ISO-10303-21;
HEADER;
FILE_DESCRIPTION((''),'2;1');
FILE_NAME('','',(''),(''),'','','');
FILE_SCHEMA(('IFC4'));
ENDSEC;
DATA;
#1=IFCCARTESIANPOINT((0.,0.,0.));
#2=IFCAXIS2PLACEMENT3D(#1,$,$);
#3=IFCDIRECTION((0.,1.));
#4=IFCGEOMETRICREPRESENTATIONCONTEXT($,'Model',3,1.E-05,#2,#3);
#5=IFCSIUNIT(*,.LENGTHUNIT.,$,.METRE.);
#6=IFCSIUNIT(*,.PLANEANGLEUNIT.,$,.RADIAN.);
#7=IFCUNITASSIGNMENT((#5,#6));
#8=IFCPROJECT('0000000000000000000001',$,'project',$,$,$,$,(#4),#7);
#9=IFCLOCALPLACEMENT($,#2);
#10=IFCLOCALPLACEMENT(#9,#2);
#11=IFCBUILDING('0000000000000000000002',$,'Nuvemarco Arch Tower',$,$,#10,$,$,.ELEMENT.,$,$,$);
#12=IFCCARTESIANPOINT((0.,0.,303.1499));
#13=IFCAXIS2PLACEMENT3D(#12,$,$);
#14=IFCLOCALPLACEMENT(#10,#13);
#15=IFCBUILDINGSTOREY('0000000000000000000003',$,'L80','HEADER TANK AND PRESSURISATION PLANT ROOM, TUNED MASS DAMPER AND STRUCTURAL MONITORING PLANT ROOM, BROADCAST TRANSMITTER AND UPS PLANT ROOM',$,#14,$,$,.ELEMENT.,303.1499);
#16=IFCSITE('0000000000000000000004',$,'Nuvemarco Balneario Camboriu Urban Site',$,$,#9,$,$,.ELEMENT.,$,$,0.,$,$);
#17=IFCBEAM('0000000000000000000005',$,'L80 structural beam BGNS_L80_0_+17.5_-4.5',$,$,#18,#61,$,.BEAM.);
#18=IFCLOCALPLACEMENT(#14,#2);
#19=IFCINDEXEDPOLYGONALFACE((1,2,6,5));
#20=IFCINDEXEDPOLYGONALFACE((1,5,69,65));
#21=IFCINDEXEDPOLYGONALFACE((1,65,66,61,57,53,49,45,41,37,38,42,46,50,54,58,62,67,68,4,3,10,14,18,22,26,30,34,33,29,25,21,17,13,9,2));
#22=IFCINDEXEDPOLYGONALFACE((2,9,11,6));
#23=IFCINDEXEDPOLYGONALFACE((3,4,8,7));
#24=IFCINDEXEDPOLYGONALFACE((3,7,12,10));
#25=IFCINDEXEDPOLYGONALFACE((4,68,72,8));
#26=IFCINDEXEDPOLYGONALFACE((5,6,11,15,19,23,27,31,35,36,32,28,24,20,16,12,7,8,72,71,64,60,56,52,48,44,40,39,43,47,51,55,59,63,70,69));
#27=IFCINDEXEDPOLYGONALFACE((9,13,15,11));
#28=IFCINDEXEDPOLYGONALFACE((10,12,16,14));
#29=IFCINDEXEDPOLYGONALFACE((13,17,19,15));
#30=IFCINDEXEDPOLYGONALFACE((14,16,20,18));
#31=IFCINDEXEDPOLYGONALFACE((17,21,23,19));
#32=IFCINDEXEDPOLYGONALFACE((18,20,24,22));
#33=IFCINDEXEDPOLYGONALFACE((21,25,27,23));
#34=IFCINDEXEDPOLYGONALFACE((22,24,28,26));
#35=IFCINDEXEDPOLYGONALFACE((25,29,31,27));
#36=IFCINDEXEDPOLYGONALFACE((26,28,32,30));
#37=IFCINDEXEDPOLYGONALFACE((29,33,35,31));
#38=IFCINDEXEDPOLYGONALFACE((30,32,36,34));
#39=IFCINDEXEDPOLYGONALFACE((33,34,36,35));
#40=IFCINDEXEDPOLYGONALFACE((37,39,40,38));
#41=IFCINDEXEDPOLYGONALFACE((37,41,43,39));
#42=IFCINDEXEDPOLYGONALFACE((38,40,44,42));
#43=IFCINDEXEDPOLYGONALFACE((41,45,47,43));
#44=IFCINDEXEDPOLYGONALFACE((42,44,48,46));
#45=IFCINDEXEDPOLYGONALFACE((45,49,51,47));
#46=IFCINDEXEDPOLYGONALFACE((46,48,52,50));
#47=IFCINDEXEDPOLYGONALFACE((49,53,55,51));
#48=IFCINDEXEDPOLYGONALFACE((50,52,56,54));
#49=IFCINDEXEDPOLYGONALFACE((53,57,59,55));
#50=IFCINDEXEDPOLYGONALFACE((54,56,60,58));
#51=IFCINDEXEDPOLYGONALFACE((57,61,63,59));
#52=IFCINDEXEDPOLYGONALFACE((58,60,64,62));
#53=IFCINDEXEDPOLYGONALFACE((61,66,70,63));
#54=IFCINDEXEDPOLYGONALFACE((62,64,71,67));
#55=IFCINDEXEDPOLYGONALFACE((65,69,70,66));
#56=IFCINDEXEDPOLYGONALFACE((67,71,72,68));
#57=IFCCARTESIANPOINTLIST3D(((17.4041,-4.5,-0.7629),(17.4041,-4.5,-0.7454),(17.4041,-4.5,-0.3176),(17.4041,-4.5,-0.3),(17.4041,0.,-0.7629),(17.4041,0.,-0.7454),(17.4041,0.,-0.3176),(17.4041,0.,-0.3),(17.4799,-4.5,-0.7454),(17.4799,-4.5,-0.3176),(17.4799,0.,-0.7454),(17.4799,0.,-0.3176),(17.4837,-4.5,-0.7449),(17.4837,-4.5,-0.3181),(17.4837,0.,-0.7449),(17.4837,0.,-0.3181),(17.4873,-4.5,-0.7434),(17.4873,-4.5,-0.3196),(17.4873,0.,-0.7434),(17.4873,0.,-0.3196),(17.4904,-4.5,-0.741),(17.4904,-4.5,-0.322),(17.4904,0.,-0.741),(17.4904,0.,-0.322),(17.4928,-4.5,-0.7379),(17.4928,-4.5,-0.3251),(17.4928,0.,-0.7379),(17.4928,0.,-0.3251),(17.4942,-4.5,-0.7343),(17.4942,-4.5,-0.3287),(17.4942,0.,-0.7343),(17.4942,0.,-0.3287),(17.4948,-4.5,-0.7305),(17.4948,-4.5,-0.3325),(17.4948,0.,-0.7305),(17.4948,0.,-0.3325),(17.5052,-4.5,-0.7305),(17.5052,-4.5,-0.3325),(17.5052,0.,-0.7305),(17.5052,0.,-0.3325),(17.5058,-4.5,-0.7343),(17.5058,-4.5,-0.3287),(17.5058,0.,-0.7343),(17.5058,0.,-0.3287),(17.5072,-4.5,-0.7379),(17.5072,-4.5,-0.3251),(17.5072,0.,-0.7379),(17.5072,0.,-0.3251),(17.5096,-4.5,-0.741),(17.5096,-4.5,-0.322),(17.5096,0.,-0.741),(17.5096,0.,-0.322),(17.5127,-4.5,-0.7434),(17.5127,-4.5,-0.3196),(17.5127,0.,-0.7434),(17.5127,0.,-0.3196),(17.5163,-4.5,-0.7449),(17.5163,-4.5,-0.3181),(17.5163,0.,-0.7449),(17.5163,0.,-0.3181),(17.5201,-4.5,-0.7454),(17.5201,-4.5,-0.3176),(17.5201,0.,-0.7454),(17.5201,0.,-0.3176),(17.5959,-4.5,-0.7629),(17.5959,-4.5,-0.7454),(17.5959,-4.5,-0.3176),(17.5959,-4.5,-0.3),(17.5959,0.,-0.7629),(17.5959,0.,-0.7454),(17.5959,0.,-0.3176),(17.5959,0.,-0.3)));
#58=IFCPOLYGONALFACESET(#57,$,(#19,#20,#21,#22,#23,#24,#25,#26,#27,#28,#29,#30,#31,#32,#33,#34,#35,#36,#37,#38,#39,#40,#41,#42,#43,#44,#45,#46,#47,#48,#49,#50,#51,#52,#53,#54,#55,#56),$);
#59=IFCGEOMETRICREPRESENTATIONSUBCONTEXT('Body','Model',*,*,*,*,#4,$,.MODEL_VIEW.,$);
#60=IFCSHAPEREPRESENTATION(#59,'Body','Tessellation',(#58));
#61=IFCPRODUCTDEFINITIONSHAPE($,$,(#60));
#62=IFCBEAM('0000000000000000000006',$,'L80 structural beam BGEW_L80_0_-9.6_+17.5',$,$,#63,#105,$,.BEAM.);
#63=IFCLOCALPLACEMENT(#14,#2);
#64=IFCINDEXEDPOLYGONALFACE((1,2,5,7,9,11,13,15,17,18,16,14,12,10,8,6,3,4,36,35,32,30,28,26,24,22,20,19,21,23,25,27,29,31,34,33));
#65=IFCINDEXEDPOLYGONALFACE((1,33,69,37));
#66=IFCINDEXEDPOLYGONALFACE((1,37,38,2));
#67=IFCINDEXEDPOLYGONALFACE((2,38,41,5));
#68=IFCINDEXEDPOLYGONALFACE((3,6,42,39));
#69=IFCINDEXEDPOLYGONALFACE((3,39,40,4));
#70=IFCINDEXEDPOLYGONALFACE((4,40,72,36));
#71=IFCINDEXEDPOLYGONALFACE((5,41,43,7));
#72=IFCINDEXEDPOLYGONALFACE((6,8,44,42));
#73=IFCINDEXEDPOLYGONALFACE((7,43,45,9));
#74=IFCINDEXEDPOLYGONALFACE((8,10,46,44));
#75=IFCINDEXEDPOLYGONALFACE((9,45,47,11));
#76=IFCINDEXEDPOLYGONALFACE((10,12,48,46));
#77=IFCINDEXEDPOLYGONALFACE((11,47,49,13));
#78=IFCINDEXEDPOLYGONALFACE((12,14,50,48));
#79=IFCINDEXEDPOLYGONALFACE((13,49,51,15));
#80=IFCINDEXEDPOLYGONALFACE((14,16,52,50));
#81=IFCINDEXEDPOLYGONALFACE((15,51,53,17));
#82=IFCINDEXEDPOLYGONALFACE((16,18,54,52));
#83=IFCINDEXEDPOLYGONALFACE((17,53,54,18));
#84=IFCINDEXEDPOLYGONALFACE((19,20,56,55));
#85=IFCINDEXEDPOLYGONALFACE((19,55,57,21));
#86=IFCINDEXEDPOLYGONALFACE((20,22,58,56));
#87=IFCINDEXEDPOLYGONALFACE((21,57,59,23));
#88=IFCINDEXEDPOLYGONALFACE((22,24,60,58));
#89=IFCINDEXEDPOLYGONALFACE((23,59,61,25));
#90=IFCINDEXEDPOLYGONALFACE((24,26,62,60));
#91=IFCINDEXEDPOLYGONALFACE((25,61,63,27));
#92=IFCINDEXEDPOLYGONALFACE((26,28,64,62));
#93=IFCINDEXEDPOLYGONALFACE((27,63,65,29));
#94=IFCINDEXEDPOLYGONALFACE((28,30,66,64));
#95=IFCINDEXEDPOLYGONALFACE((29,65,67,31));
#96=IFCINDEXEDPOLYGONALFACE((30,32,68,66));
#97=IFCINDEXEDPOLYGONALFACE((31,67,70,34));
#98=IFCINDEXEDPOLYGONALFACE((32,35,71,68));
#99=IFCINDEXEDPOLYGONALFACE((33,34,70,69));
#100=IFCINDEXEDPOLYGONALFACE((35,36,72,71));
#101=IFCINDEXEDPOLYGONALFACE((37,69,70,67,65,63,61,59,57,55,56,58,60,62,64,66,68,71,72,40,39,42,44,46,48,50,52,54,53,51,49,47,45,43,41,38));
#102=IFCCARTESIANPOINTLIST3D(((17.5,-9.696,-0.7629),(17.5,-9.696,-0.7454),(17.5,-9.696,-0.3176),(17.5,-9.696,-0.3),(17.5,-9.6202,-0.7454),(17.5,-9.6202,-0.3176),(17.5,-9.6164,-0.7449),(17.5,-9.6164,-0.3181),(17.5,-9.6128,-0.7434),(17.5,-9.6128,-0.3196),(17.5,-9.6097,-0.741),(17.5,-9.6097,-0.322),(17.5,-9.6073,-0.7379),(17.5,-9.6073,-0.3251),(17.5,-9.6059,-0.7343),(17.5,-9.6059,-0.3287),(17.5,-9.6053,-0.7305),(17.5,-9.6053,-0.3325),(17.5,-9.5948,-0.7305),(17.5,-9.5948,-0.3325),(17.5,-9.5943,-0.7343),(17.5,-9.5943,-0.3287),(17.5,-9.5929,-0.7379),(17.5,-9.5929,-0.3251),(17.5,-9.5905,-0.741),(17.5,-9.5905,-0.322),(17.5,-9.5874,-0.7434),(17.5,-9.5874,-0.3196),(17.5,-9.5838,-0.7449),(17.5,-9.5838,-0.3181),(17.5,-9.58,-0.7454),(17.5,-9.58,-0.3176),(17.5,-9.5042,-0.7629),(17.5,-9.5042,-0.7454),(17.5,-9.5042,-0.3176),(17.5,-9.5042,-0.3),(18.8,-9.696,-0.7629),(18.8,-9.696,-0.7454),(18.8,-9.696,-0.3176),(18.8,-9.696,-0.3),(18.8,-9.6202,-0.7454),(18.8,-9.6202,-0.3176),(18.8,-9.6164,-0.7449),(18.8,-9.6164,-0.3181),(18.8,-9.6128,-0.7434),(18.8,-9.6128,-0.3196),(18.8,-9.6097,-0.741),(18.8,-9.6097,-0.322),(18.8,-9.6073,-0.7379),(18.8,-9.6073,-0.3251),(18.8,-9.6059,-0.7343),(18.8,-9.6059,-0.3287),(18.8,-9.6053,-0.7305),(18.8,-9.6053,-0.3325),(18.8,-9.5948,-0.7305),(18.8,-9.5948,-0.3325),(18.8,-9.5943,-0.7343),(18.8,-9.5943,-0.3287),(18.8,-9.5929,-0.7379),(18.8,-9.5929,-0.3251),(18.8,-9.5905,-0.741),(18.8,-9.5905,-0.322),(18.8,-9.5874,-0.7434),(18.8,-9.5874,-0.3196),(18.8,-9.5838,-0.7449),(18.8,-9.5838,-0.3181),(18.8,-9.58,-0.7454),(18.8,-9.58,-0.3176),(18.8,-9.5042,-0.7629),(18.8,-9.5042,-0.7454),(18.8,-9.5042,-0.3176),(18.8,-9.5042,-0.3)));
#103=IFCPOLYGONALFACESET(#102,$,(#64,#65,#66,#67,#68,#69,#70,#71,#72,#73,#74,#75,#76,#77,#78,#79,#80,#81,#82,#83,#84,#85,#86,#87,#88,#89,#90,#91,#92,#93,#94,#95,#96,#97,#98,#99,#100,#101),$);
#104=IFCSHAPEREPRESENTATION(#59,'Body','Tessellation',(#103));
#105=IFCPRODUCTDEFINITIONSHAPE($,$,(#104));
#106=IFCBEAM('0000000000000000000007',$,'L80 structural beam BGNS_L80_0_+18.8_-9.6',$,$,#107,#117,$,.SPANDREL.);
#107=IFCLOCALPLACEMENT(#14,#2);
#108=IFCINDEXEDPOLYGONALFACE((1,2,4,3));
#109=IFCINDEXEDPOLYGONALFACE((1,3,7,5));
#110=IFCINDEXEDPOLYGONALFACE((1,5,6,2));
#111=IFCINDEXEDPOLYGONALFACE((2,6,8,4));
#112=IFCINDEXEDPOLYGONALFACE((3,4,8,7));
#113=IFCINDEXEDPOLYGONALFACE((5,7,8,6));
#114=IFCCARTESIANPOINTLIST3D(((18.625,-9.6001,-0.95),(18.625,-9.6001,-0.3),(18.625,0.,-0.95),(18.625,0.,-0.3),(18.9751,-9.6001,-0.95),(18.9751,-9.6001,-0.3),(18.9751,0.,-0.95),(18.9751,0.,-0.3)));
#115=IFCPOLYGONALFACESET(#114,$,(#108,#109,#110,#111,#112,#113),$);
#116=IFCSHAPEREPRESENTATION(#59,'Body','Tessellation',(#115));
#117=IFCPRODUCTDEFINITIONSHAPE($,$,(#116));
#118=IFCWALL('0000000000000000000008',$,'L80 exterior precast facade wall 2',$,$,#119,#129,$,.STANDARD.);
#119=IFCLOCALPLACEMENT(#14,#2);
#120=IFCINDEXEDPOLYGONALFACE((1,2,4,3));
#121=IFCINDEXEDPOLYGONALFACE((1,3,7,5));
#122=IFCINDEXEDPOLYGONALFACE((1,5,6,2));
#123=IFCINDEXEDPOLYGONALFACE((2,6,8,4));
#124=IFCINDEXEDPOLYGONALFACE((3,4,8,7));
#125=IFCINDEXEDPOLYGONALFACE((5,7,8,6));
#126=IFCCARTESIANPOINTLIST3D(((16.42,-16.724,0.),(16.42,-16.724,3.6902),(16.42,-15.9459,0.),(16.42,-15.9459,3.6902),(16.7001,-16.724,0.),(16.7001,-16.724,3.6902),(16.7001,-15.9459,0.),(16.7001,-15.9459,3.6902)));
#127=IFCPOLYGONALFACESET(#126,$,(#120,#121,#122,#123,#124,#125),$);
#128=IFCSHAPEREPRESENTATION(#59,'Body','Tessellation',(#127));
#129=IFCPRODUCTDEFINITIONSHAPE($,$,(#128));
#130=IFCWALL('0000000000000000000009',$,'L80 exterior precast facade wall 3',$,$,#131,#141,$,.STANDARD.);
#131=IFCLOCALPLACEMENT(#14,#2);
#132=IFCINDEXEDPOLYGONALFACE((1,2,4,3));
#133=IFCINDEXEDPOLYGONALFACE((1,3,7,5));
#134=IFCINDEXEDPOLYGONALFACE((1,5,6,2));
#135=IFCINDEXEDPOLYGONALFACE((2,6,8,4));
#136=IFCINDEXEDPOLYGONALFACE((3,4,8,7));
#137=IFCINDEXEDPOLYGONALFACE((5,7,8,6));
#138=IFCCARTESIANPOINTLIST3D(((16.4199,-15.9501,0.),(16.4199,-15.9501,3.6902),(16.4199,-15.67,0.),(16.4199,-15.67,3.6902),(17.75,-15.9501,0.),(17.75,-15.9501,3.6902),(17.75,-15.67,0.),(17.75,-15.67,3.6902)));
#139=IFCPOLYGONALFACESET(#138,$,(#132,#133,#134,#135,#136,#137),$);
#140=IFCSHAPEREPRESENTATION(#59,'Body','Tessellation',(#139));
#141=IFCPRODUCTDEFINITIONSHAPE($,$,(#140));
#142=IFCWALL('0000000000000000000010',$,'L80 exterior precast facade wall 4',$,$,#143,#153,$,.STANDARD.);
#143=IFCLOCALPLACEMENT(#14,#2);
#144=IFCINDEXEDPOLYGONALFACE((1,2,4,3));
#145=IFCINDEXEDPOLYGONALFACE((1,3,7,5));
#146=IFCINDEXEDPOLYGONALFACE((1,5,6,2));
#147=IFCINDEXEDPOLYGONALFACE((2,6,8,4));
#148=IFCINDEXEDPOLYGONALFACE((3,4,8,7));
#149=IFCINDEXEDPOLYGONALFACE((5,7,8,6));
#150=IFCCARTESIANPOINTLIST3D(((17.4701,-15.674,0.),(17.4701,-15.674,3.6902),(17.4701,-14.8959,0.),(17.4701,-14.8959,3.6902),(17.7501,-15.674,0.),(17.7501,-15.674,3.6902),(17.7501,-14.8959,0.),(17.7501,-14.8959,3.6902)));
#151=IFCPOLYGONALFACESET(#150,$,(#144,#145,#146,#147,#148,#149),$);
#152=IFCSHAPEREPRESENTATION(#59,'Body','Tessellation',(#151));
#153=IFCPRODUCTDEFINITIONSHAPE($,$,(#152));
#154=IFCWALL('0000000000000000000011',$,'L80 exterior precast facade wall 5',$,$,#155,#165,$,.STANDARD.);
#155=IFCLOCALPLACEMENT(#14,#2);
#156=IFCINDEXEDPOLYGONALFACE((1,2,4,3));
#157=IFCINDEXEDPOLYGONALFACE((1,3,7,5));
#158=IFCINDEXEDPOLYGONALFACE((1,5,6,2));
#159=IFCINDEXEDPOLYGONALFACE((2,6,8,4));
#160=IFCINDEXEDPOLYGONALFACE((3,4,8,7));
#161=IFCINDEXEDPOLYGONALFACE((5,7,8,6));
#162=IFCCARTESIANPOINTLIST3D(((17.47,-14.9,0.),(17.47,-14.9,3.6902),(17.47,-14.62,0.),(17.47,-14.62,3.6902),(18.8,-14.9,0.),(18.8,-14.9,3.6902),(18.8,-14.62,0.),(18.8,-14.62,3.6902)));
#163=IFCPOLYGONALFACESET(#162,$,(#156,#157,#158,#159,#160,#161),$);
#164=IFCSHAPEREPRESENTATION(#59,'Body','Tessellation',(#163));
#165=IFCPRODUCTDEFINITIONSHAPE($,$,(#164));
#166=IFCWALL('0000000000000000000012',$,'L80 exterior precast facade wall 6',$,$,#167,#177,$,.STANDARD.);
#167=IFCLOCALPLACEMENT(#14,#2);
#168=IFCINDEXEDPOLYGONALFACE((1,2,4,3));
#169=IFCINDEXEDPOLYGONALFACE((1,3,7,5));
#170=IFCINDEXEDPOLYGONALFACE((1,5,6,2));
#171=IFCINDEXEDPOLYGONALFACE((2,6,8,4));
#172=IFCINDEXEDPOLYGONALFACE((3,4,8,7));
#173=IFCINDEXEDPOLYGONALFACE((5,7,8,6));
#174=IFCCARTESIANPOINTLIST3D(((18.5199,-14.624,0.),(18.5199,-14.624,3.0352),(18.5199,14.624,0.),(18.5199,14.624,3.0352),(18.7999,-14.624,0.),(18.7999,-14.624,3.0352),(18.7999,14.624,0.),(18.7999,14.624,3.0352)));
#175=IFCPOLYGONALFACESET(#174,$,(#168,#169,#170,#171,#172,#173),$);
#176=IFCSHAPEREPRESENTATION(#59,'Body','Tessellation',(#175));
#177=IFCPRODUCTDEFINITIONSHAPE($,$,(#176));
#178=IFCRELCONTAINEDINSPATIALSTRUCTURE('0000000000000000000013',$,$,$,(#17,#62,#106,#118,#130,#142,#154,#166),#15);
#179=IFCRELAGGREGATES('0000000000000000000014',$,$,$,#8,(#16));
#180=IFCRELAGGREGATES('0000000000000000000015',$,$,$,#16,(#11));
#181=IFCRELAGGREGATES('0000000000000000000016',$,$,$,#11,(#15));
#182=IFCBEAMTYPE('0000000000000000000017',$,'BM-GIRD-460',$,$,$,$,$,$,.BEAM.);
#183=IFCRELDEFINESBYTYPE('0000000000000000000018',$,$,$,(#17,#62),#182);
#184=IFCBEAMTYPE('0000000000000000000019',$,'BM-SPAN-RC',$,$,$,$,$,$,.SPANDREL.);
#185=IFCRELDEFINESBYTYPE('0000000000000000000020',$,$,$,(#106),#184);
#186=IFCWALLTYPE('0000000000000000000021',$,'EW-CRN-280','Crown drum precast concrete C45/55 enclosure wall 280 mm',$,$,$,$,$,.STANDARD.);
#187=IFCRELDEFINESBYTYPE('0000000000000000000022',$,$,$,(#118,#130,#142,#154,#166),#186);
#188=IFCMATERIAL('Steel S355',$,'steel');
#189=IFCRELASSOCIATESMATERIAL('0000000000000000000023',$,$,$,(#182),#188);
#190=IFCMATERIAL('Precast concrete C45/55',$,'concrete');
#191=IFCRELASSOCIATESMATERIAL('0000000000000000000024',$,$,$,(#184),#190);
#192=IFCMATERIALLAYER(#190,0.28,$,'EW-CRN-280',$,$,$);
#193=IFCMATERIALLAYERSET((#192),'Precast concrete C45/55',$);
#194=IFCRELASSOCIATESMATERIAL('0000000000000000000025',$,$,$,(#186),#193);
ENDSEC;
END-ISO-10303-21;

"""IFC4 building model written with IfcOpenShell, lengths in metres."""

from ifc_helpers import new_model, si_unit, direction, frame, frame_2d, origin, origin_2d, place, context, subcontext, project, spatial, rectangle, i_section, extrude, material, layer, layer_set, material_profile, profile_set, type_object, element, save


model = new_model("IFC4")

# Units and contexts
model_context = context("Model", 3, precision=1e-05, world=origin(), true_north=direction((0.0, 1.0)))
body_context = subcontext(model_context, "Body", "Model", "MODEL_VIEW")
ifc_project = project(units=[si_unit("LENGTHUNIT", "METRE"), si_unit("PLANEANGLEUNIT", "RADIAN")], contexts=[model_context])

# Site, building, storey
site_placement = place(None, origin())
site = spatial("IfcSite", under=ifc_project, at=site_placement, Name="Nuvemarco Balneario Camboriu Urban Site", CompositionType="ELEMENT", RefElevation=0.0)
building_placement = place(site_placement, origin())
building = spatial("IfcBuilding", under=site, at=building_placement, Name="Nuvemarco Arch Tower", CompositionType="ELEMENT")
storey_placement = place(building_placement, frame((0.0, 0.0, 303.1499)))
storey = spatial("IfcBuildingStorey", under=building, at=storey_placement, Name="L80", Description="HEADER TANK AND PRESSURISATION PLANT ROOM, TUNED MASS DAMPER AND STRUCTURAL MONITORING PLANT ROOM, BROADCAST TRANSMITTER AND UPS PLANT ROOM", CompositionType="ELEMENT", Elevation=303.1499)

# Shared definitions
ifc_material_1 = material(Name="Steel S355", Category="steel")

# Beams
ifc_material_profile_1 = material_profile(ifc_material_1, i_section(OverallWidth=0.1919, OverallDepth=0.4629, WebThickness=0.0105, FlangeThickness=0.0176, FilletRadius=0.0149, at=origin_2d()), Name="W460x89")
ifc_profile_set_1 = profile_set([ifc_material_profile_1], Name="Steel S355")
beam_type_1 = type_object("IfcBeamType", Name="BM-GIRD-460", PredefinedType="BEAM", material=ifc_profile_set_1)
beam_1_placement = place(storey_placement, frame((17.5, -4.5, -0.5315), z_axis=(0.0, 1.0, 0.0), x_axis=(-1.0, 0.0, 0.0)))
element("IfcBeam", 1, at=beam_1_placement, inside=storey, type_object=beam_type_1, Name="L80 structural beam BGNS_L80_0_+17.5_-4.5", PredefinedType="BEAM", context=body_context, shape_type="SweptSolid", body=[
    extrude(i_section(OverallWidth=0.1919, OverallDepth=0.4629, WebThickness=0.0105, FlangeThickness=0.0176, FilletRadius=0.0149, at=origin_2d()), origin(), (0.0, 0.0, 1.0), 4.5),
])
beam_2_placement = place(storey_placement, frame((17.5, -9.6001, -0.5315), z_axis=(1.0, 0.0, 0.0), x_axis=(0.0, 1.0, 0.0)))
element("IfcBeam", 2, at=beam_2_placement, inside=storey, type_object=beam_type_1, Name="L80 structural beam BGEW_L80_0_-9.6_+17.5", PredefinedType="BEAM", context=body_context, shape_type="SweptSolid", body=[
    extrude(i_section(OverallWidth=0.1919, OverallDepth=0.4629, WebThickness=0.0105, FlangeThickness=0.0176, FilletRadius=0.0149, at=origin_2d()), origin(), (0.0, 0.0, 1.0), 1.3),
])
ifc_material_2 = material(Name="Precast concrete C45/55", Category="concrete")
ifc_material_profile_2 = material_profile(ifc_material_2, rectangle(XDim=0.3501, YDim=0.6499, at=origin_2d()), Name="PC-SP-350x650")
ifc_profile_set_2 = profile_set([ifc_material_profile_2], Name="Precast concrete C45/55")
beam_type_2 = type_object("IfcBeamType", Name="BM-SPAN-RC", PredefinedType="SPANDREL", material=ifc_profile_set_2)
beam_3_placement = place(storey_placement, frame((18.8, -9.6001, -0.625), z_axis=(0.0, 1.0, 0.0), x_axis=(-1.0, 0.0, 0.0)))
element("IfcBeam", 3, at=beam_3_placement, inside=storey, type_object=beam_type_2, Name="L80 structural beam BGNS_L80_0_+18.8_-9.6", PredefinedType="SPANDREL", context=body_context, shape_type="SweptSolid", body=[
    extrude(rectangle(XDim=0.3501, YDim=0.6499, at=origin_2d()), origin(), (0.0, 0.0, 1.0), 9.6001),
])

# Walls
ifc_layer_1 = layer(ifc_material_2, 0.28, Name="EW-CRN-280")
ifc_layer_set_1 = layer_set([ifc_layer_1], Name="Precast concrete C45/55")
wall_type_1 = type_object("IfcWallType", Name="EW-CRN-280", Description="Crown drum precast concrete C45/55 enclosure wall 280 mm", PredefinedType="STANDARD", material=ifc_layer_set_1)
wall_1_placement = place(storey_placement, frame((16.5601, -16.7241, 0.0), z_axis=(0.0, 0.0, 1.0), x_axis=(0.0, 1.0, 0.0)))
element("IfcWall", 4, at=wall_1_placement, inside=storey, type_object=wall_type_1, Name="L80 exterior precast facade wall 2", PredefinedType="STANDARD", context=body_context, shape_type="SweptSolid", body=[
    extrude(rectangle(XDim=0.7781, YDim=0.28, at=frame_2d((0.3892, 0.0))), origin(), (0.0, 0.0, 1.0), 3.6902),
])
wall_2_placement = place(storey_placement, frame((16.4199, -15.8101, 0.0), z_axis=(0.0, 0.0, 1.0), x_axis=(1.0, 0.0, 0.0)))
element("IfcWall", 5, at=wall_2_placement, inside=storey, type_object=wall_type_1, Name="L80 exterior precast facade wall 3", PredefinedType="STANDARD", context=body_context, shape_type="SweptSolid", body=[
    extrude(rectangle(XDim=1.3301, YDim=0.28, at=frame_2d((0.665, 0.0))), origin(), (0.0, 0.0, 1.0), 3.6902),
])
wall_3_placement = place(storey_placement, frame((17.6101, -15.6741, 0.0), z_axis=(0.0, 0.0, 1.0), x_axis=(0.0, 1.0, 0.0)))
element("IfcWall", 6, at=wall_3_placement, inside=storey, type_object=wall_type_1, Name="L80 exterior precast facade wall 4", PredefinedType="STANDARD", context=body_context, shape_type="SweptSolid", body=[
    extrude(rectangle(XDim=0.7781, YDim=0.28, at=frame_2d((0.3892, 0.0))), origin(), (0.0, 0.0, 1.0), 3.6902),
])
wall_4_placement = place(storey_placement, frame((17.47, -14.76, 0.0), z_axis=(0.0, 0.0, 1.0), x_axis=(1.0, 0.0, 0.0)))
element("IfcWall", 7, at=wall_4_placement, inside=storey, type_object=wall_type_1, Name="L80 exterior precast facade wall 5", PredefinedType="STANDARD", context=body_context, shape_type="SweptSolid", body=[
    extrude(rectangle(XDim=1.3301, YDim=0.28, at=frame_2d((0.665, 0.0))), origin(), (0.0, 0.0, 1.0), 3.6902),
])
wall_5_placement = place(storey_placement, frame((18.6599, -14.624, 0.0), z_axis=(0.0, 0.0, 1.0), x_axis=(0.0, 1.0, 0.0)))
element("IfcWall", 8, at=wall_5_placement, inside=storey, type_object=wall_type_1, Name="L80 exterior precast facade wall 6", PredefinedType="STANDARD", context=body_context, shape_type="SweptSolid", body=[
    extrude(rectangle(XDim=29.248, YDim=0.28, at=frame_2d((14.624, 0.0))), origin(), (0.0, 0.0, 1.0), 3.0352),
])

save(model, "model.ifc")
